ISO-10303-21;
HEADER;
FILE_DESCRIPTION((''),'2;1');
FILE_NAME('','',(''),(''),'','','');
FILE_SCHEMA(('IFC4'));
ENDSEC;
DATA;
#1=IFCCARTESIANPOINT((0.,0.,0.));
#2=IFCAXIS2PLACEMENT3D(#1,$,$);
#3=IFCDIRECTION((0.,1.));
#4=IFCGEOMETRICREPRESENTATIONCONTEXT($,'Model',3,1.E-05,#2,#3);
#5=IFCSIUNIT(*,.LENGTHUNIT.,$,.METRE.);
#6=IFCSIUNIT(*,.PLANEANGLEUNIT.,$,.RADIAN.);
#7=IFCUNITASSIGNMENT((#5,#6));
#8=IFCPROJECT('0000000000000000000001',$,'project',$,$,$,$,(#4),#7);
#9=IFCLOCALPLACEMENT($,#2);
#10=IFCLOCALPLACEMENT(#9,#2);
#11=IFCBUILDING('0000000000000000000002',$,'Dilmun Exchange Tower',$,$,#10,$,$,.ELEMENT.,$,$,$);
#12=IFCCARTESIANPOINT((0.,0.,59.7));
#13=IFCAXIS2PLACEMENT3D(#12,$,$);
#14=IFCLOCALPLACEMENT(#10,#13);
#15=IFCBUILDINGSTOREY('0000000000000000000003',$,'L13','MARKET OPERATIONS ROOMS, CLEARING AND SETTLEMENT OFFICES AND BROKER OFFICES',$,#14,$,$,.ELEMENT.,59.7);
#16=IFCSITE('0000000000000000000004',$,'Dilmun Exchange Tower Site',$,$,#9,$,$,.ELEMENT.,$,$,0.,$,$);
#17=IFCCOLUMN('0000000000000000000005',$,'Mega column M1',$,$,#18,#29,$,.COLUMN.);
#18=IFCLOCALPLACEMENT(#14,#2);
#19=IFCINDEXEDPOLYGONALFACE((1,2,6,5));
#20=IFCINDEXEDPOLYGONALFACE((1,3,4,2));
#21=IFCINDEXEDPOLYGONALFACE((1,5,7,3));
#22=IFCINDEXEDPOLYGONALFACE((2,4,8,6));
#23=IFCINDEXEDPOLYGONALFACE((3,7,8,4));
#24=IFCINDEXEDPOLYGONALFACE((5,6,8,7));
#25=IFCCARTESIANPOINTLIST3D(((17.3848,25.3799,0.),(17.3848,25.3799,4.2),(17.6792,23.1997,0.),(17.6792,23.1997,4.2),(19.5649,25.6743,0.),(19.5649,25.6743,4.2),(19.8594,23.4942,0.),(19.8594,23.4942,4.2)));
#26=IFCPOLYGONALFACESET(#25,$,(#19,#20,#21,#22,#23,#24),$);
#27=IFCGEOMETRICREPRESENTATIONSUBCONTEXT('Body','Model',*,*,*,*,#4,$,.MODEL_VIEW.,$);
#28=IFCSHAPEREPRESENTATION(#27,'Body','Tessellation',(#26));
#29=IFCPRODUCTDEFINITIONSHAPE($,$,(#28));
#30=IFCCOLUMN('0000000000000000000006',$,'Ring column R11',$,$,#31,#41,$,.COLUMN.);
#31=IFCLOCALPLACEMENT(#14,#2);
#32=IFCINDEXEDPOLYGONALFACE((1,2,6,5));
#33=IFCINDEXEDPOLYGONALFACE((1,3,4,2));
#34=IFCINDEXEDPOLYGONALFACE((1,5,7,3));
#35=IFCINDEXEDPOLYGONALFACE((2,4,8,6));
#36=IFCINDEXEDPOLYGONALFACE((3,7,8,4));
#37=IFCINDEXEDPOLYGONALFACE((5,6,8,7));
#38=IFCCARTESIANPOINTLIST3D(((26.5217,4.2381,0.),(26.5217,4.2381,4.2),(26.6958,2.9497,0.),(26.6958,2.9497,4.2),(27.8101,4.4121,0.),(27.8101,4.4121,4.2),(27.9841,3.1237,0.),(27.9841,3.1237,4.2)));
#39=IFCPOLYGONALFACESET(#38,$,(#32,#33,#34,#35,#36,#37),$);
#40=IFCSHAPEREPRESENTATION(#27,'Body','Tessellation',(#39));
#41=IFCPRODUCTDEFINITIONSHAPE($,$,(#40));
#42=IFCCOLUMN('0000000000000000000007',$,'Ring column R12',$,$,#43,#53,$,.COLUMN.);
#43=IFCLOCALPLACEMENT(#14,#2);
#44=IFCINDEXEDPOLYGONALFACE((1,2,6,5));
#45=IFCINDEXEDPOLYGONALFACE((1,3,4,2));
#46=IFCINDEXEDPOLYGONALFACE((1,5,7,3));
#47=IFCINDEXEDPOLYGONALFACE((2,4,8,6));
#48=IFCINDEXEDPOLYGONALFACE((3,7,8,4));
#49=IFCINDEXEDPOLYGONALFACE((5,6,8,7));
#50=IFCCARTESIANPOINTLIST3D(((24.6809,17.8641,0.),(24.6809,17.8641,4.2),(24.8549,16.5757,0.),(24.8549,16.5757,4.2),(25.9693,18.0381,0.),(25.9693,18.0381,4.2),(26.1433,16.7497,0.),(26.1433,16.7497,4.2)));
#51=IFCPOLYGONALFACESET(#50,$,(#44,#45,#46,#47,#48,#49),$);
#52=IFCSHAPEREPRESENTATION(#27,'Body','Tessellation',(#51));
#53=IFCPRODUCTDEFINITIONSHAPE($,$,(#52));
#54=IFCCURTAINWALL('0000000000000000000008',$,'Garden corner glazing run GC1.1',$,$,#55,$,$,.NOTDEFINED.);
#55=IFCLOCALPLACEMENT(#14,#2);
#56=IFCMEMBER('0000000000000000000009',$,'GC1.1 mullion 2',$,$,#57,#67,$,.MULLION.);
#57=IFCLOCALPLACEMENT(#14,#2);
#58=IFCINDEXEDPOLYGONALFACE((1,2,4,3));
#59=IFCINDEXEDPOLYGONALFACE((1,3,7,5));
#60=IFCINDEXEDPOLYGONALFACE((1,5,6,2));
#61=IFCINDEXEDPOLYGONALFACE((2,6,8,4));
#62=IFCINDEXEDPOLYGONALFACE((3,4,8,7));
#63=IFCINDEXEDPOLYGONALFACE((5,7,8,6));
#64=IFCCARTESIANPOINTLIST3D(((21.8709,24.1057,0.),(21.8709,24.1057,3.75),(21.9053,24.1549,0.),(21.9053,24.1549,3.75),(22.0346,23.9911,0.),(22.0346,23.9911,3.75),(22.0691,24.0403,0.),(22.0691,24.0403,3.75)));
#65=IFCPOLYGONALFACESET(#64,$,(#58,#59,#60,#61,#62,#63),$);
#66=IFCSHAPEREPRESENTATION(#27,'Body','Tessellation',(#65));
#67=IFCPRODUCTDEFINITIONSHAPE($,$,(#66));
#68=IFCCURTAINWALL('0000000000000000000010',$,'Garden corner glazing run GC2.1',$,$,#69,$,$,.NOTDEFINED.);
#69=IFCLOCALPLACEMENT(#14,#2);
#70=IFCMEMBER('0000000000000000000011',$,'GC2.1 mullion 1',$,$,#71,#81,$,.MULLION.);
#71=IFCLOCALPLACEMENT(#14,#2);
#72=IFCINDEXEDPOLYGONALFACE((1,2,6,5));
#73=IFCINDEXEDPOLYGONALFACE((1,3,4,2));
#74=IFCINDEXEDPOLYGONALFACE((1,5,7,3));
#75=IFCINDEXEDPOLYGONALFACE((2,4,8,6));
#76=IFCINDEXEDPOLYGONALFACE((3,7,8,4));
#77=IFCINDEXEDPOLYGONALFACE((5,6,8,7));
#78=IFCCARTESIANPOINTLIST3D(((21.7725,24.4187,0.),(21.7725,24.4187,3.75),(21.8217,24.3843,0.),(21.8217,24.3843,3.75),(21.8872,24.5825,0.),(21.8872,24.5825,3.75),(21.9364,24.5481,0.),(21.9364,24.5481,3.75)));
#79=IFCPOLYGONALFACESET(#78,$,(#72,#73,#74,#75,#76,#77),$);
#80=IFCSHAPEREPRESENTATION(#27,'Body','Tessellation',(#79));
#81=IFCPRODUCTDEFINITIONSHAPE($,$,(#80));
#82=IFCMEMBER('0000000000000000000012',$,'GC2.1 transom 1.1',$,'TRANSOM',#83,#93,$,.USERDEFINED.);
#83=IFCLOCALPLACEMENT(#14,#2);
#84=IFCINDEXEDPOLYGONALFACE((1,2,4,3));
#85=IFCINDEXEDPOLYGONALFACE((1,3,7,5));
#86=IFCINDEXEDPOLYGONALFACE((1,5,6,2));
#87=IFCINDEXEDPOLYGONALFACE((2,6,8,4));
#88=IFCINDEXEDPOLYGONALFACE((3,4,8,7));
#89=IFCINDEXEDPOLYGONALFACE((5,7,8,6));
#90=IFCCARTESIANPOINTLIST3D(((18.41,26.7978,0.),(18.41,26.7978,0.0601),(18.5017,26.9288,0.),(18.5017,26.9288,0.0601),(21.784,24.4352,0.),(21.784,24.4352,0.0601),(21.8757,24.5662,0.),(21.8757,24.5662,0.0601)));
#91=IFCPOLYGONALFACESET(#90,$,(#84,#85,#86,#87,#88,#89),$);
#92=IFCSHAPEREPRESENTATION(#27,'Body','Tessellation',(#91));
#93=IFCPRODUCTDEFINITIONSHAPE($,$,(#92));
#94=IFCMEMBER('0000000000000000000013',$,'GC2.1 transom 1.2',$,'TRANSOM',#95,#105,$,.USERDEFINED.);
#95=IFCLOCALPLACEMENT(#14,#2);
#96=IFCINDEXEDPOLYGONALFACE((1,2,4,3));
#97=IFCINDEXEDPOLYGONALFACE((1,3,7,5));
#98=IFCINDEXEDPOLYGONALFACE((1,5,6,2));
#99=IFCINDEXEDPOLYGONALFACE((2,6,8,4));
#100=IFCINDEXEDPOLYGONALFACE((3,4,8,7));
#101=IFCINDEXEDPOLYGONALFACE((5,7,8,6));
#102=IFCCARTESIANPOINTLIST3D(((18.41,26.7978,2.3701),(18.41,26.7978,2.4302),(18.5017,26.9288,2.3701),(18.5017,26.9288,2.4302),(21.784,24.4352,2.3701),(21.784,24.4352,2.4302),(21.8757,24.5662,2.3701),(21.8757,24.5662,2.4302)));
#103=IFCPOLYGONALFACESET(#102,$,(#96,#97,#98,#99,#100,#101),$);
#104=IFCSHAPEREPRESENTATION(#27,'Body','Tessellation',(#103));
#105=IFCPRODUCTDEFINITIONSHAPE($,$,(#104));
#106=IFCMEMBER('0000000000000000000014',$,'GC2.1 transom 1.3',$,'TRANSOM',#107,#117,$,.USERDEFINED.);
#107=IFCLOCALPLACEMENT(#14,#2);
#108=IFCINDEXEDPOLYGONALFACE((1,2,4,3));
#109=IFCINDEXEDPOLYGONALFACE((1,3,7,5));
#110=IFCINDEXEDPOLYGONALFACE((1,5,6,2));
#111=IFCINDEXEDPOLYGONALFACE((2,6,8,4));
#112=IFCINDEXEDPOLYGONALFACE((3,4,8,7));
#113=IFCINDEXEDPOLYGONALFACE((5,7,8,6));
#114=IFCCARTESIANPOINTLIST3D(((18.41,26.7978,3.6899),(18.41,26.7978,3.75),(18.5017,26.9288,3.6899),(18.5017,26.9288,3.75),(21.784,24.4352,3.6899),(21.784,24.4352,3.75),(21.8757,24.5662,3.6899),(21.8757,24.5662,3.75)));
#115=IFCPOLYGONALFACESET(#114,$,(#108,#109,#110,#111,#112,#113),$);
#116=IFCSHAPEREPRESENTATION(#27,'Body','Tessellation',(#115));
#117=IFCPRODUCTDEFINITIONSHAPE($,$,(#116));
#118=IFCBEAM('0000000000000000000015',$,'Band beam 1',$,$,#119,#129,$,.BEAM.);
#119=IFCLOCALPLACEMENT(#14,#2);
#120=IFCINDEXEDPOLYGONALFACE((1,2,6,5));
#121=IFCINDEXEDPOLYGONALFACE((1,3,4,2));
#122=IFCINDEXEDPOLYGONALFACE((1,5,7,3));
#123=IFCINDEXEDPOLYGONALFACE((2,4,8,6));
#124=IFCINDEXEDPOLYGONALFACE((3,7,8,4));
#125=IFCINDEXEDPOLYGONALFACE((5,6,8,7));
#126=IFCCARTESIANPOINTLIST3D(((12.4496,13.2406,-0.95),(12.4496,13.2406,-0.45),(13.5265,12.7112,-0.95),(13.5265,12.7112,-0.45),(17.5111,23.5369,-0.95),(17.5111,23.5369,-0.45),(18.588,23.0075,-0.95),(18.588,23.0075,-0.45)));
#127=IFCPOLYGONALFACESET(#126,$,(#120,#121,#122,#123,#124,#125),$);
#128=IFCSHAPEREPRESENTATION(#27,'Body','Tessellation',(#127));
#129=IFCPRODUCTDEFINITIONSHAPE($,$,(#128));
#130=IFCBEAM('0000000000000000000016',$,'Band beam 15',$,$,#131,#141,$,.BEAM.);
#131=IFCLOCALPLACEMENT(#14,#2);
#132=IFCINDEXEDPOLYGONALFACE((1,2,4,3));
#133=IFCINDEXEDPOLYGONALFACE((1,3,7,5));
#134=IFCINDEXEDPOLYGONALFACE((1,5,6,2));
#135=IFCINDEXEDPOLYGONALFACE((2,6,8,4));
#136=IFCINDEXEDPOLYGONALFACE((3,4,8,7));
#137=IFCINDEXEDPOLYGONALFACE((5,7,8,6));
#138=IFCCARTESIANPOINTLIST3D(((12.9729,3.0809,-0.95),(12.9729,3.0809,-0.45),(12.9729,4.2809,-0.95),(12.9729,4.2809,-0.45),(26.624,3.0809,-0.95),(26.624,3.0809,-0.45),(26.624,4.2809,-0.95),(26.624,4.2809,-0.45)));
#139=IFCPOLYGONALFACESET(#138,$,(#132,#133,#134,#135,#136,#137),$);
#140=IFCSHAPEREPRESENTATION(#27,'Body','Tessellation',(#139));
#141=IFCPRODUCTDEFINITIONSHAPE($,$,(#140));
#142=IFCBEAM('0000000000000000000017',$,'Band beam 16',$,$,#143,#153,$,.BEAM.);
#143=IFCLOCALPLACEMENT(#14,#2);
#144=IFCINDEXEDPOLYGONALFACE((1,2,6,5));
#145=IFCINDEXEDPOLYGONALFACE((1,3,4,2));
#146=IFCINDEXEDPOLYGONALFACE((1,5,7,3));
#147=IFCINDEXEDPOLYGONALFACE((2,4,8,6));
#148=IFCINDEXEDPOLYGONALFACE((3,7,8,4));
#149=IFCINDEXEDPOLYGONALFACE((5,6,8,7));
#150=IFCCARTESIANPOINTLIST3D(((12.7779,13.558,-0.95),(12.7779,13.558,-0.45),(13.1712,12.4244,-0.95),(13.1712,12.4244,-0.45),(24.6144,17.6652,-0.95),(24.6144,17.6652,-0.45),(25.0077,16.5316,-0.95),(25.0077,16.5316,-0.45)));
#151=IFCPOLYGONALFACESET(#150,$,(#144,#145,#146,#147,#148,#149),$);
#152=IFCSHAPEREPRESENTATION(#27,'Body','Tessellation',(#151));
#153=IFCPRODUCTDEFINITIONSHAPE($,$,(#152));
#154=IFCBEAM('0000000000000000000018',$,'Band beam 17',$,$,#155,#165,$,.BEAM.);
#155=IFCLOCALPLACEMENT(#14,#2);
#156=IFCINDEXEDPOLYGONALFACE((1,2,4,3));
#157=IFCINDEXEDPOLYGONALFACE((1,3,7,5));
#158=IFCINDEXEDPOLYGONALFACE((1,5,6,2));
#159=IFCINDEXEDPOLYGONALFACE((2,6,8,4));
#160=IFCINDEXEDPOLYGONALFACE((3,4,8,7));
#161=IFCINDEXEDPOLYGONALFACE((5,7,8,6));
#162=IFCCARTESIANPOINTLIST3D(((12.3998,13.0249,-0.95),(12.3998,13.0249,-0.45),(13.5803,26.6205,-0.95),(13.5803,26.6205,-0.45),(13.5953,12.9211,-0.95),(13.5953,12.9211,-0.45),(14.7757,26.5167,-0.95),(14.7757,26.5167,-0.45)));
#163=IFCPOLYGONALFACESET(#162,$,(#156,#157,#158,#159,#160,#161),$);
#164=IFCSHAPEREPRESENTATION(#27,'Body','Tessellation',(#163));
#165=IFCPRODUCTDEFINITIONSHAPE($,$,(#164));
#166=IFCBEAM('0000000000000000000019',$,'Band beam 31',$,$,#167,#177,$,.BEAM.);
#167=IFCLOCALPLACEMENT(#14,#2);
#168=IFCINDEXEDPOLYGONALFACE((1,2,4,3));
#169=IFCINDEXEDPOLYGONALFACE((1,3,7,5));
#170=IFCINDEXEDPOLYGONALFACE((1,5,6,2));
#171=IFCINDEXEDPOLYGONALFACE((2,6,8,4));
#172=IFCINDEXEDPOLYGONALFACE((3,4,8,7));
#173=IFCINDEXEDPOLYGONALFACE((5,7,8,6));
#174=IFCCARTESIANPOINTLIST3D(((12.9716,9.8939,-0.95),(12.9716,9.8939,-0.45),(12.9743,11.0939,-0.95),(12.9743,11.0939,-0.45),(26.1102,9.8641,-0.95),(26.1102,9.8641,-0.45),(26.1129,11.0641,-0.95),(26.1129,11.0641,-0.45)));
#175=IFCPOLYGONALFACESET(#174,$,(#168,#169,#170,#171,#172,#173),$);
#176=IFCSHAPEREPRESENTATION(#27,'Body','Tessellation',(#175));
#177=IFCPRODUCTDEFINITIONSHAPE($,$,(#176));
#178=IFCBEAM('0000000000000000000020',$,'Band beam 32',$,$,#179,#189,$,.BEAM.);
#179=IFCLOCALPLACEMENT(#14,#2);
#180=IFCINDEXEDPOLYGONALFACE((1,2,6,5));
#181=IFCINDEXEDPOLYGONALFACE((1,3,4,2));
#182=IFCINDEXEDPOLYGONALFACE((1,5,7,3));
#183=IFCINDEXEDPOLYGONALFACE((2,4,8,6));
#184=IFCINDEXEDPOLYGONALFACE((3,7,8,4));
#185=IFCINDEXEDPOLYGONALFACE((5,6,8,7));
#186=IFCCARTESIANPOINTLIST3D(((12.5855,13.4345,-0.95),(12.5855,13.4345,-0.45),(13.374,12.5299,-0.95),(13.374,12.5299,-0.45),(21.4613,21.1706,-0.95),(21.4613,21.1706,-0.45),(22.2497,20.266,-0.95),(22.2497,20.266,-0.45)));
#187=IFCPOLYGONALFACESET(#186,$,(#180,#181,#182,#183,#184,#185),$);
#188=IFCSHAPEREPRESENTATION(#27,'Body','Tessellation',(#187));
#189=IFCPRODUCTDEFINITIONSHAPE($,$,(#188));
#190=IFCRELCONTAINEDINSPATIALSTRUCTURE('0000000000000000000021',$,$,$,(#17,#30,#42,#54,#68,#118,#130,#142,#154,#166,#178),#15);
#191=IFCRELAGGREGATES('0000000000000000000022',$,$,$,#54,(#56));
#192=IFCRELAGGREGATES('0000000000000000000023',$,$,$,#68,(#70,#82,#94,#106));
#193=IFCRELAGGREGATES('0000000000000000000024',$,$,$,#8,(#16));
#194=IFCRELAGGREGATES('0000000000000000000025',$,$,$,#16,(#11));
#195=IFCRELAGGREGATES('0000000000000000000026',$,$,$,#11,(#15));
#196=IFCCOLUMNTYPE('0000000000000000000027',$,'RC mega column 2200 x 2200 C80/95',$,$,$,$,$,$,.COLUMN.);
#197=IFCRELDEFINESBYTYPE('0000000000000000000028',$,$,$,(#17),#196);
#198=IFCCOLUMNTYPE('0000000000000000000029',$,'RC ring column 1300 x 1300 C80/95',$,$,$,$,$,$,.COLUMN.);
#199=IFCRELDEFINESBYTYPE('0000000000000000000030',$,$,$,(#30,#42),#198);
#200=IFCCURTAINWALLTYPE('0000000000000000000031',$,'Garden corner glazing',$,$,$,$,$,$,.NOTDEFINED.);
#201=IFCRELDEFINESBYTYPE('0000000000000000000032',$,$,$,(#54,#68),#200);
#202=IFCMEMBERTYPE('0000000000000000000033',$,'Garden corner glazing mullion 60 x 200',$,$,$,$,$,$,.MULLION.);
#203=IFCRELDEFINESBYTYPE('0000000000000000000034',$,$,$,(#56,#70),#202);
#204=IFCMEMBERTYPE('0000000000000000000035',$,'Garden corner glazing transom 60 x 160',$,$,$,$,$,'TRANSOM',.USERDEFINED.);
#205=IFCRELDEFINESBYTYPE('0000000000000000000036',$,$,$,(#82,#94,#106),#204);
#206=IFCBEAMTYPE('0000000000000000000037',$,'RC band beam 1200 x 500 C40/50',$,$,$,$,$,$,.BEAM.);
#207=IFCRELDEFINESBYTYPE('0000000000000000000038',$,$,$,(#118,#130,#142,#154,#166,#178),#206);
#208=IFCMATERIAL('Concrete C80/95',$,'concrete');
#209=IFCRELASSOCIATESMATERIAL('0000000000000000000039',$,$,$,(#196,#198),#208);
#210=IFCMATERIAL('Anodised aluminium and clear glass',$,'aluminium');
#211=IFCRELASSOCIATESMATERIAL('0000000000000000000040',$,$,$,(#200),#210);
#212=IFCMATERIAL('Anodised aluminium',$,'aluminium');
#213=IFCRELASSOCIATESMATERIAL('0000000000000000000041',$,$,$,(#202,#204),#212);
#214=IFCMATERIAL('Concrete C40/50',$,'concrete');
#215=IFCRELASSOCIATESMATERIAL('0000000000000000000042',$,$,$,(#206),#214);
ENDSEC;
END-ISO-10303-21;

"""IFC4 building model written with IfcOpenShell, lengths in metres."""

from ifc_helpers import new_model, si_unit, direction, frame, origin, origin_2d, place, context, subcontext, project, spatial, rectangle, extrude, material, material_profile, profile_set, type_object, element, aggregate, save


model = new_model("IFC4")

# Units and contexts
model_context = context("Model", 3, precision=1e-05, world=origin(), true_north=direction((0.0, 1.0)))
body_context = subcontext(model_context, "Body", "Model", "MODEL_VIEW")
ifc_project = project(units=[si_unit("LENGTHUNIT", "METRE"), si_unit("PLANEANGLEUNIT", "RADIAN")], contexts=[model_context])

# Site, building, storey
site_placement = place(None, origin())
site = spatial("IfcSite", under=ifc_project, at=site_placement, Name="Dilmun Exchange Tower Site", CompositionType="ELEMENT", RefElevation=0.0)
building_placement = place(site_placement, origin())
building = spatial("IfcBuilding", under=site, at=building_placement, Name="Dilmun Exchange Tower", CompositionType="ELEMENT")
storey_placement = place(building_placement, frame((0.0, 0.0, 59.7)))
storey = spatial("IfcBuildingStorey", under=building, at=storey_placement, Name="L13", Description="MARKET OPERATIONS ROOMS, CLEARING AND SETTLEMENT OFFICES AND BROKER OFFICES", CompositionType="ELEMENT", Elevation=59.7)

# Columns
ifc_material_1 = material(Name="Concrete C80/95", Category="concrete")
ifc_material_profile_1 = material_profile(ifc_material_1, rectangle(XDim=2.2, YDim=2.2, at=origin_2d()), Name="2200 x 2200")
ifc_profile_set_1 = profile_set([ifc_material_profile_1], Name="Concrete C80/95")
column_type_1 = type_object("IfcColumnType", Name="RC mega column 2200 x 2200 C80/95", PredefinedType="COLUMN", material=ifc_profile_set_1)
column_placement = place(storey_placement, frame((18.6221, 24.437, 0.0), z_axis=(0.0, 0.0, 1.0), x_axis=(0.991001, 0.133853, 0.0)))
element("IfcColumn", 1, at=column_placement, inside=storey, type_object=column_type_1, Name="Mega column M1", PredefinedType="COLUMN", context=body_context, shape_type="SweptSolid", body=[
    extrude(rectangle(XDim=2.2, YDim=2.2, at=origin_2d()), origin(), (0.0, 0.0, 1.0), 4.2),
])
ifc_material_profile_2 = material_profile(ifc_material_1, rectangle(XDim=1.3, YDim=1.3, at=origin_2d()), Name="1300 x 1300")
ifc_profile_set_2 = profile_set([ifc_material_profile_2], Name="Concrete C80/95")
column_type_2 = type_object("IfcColumnType", Name="RC ring column 1300 x 1300 C80/95", PredefinedType="COLUMN", material=ifc_profile_set_2)
for number, where, z_axis, x_axis, name in (
    (2, (27.2529, 3.6809, 0.0), (0.0, 0.0, 1.0), (0.991001, 0.133853, 0.0), "Ring column R11"),
    (3, (25.4121, 17.3069, 0.0), (0.0, 0.0, 1.0), (0.991001, 0.133853, 0.0), "Ring column R12"),
):
    element("IfcColumn", number, at=place(storey_placement, frame(where, z_axis=z_axis, x_axis=x_axis)), inside=storey, type_object=column_type_2, Name=name, PredefinedType="COLUMN", context=body_context, shape_type="SweptSolid", body=[
        extrude(rectangle(XDim=1.3, YDim=1.3, at=origin_2d()), origin(), (0.0, 0.0, 1.0), 4.2),
    ])

# Curtain wall, member
ifc_material_2 = material(Name="Anodised aluminium and clear glass", Category="aluminium")
curtain_wall_type = type_object("IfcCurtainWallType", Name="Garden corner glazing", PredefinedType="NOTDEFINED", material=ifc_material_2)
curtain_wall_1_placement = place(storey_placement, origin())
curtain_wall_1 = element("IfcCurtainWall", 4, at=curtain_wall_1_placement, inside=storey, type_object=curtain_wall_type, Name="Garden corner glazing run GC1.1", PredefinedType="NOTDEFINED")
ifc_material_3 = material(Name="Anodised aluminium", Category="aluminium")
ifc_material_profile_3 = material_profile(ifc_material_3, rectangle(XDim=0.2, YDim=0.0601, at=origin_2d()), Name="AL 60x200")
ifc_profile_set_3 = profile_set([ifc_material_profile_3], Name="Anodised aluminium")
member_type_1 = type_object("IfcMemberType", Name="Garden corner glazing mullion 60 x 200", PredefinedType="MULLION", material=ifc_profile_set_3)
member_1_placement = place(storey_placement, frame((21.97, 24.073, 0.0), z_axis=(0.0, 0.0, 1.0), x_axis=(0.819154, -0.573574, 0.0)))
member_1 = element("IfcMember", 5, at=member_1_placement, type_object=member_type_1, Name="GC1.1 mullion 2", PredefinedType="MULLION", context=body_context, shape_type="SweptSolid", body=[
    extrude(rectangle(XDim=0.2, YDim=0.0601, at=origin_2d()), origin(), (0.0, 0.0, 1.0), 3.75),
])

# Curtain wall, members
curtain_wall_2_placement = place(storey_placement, origin())
curtain_wall_2 = element("IfcCurtainWall", 6, at=curtain_wall_2_placement, inside=storey, type_object=curtain_wall_type, Name="Garden corner glazing run GC2.1", PredefinedType="NOTDEFINED")
member_2_placement = place(storey_placement, frame((21.8545, 24.4834, 0.0), z_axis=(0.0, 0.0, 1.0), x_axis=(-0.573576, -0.819152, 0.0)))
member_2 = element("IfcMember", 7, at=member_2_placement, type_object=member_type_1, Name="GC2.1 mullion 1", PredefinedType="MULLION", context=body_context, shape_type="SweptSolid", body=[
    extrude(rectangle(XDim=0.2, YDim=0.0601, at=origin_2d()), origin(), (0.0, 0.0, 1.0), 3.75),
])
ifc_material_profile_4 = material_profile(ifc_material_3, rectangle(XDim=0.1599, YDim=0.0601, at=origin_2d()), Name="AL 60x160")
ifc_profile_set_4 = profile_set([ifc_material_profile_4], Name="Anodised aluminium")
member_type_2 = type_object("IfcMemberType", Name="Garden corner glazing transom 60 x 160", ElementType="TRANSOM", PredefinedType="USERDEFINED", material=ifc_profile_set_4)
member_3_placement = place(storey_placement, frame((21.8298, 24.5007, 0.03), z_axis=(-0.819148, 0.573582, 0.0), x_axis=(-0.573582, -0.819148, 0.0)))
member_3 = element("IfcMember", 8, at=member_3_placement, type_object=member_type_2, Name="GC2.1 transom 1.1", ObjectType="TRANSOM", PredefinedType="USERDEFINED", context=body_context, shape_type="SweptSolid", body=[
    extrude(rectangle(XDim=0.1599, YDim=0.0601, at=origin_2d()), origin(), (0.0, 0.0, 1.0), 4.1189),
])
member_4_placement = place(storey_placement, frame((21.8298, 24.5007, 2.4001), z_axis=(-0.819148, 0.573582, 0.0), x_axis=(-0.573582, -0.819148, 0.0)))
member_4 = element("IfcMember", 9, at=member_4_placement, type_object=member_type_2, Name="GC2.1 transom 1.2", ObjectType="TRANSOM", PredefinedType="USERDEFINED", context=body_context, shape_type="SweptSolid", body=[
    extrude(rectangle(XDim=0.1599, YDim=0.0601, at=origin_2d()), origin(), (0.0, 0.0, 1.0), 4.1189),
])
member_5_placement = place(storey_placement, frame((21.8298, 24.5007, 3.72), z_axis=(-0.819148, 0.573582, 0.0), x_axis=(-0.573582, -0.819148, 0.0)))
member_5 = element("IfcMember", 10, at=member_5_placement, type_object=member_type_2, Name="GC2.1 transom 1.3", ObjectType="TRANSOM", PredefinedType="USERDEFINED", context=body_context, shape_type="SweptSolid", body=[
    extrude(rectangle(XDim=0.1599, YDim=0.0601, at=origin_2d()), origin(), (0.0, 0.0, 1.0), 4.1189),
])

# Beams
ifc_material_4 = material(Name="Concrete C40/50", Category="concrete")
ifc_material_profile_5 = material_profile(ifc_material_4, rectangle(XDim=1.2, YDim=0.5, at=origin_2d()), Name="1200 x 500")
ifc_profile_set_5 = profile_set([ifc_material_profile_5], Name="Concrete C40/50")
beam_type_1 = type_object("IfcBeamType", Name="RC band beam 1200 x 500 C40/50", PredefinedType="BEAM", material=ifc_profile_set_5)
beam_1_placement = place(storey_placement, frame((18.0496, 23.2722, -0.7), z_axis=(-0.44116, -0.897428, 0.0), x_axis=(0.897428, -0.44116, 0.0)))
element("IfcBeam", 11, at=beam_1_placement, inside=storey, type_object=beam_type_1, Name="Band beam 1", PredefinedType="BEAM", context=body_context, shape_type="SweptSolid", body=[
    extrude(rectangle(XDim=1.2, YDim=0.5, at=origin_2d()), origin(), (0.0, 0.0, 1.0), 11.4731),
])
beam_2_placement = place(storey_placement, frame((26.624, 3.6809, -0.7), z_axis=(-1.0, 0.0, 0.0), x_axis=(0.0, -1.0, 0.0)))
element("IfcBeam", 12, at=beam_2_placement, inside=storey, type_object=beam_type_1, Name="Band beam 15", PredefinedType="BEAM", context=body_context, shape_type="SweptSolid", body=[
    extrude(rectangle(XDim=1.2, YDim=0.5, at=origin_2d()), origin(), (0.0, 0.0, 1.0), 13.6511),
])
beam_3_placement = place(storey_placement, frame((24.811, 17.0984, -0.7), z_axis=(-0.94474, -0.32782, 0.0), x_axis=(0.32782, -0.94474, 0.0)))
element("IfcBeam", 13, at=beam_3_placement, inside=storey, type_object=beam_type_1, Name="Band beam 16", PredefinedType="BEAM", context=body_context, shape_type="SweptSolid", body=[
    extrude(rectangle(XDim=1.2, YDim=0.5, at=origin_2d()), origin(), (0.0, 0.0, 1.0), 12.5288),
])
beam_4_placement = place(storey_placement, frame((14.178, 26.5686, -0.7), z_axis=(-0.086499, -0.996252, 0.0), x_axis=(0.996252, -0.086499, 0.0)))
element("IfcBeam", 14, at=beam_4_placement, inside=storey, type_object=beam_type_1, Name="Band beam 17", PredefinedType="BEAM", context=body_context, shape_type="SweptSolid", body=[
    extrude(rectangle(XDim=1.2, YDim=0.5, at=origin_2d()), origin(), (0.0, 0.0, 1.0), 13.6467),
])
beam_5_placement = place(storey_placement, frame((26.1116, 10.4641, -0.7), z_axis=(-0.999997, 0.002267, 0.0), x_axis=(-0.002267, -0.999997, 0.0)))
element("IfcBeam", 15, at=beam_5_placement, inside=storey, type_object=beam_type_1, Name="Band beam 31", PredefinedType="BEAM", context=body_context, shape_type="SweptSolid", body=[
    extrude(rectangle(XDim=1.2, YDim=0.5, at=origin_2d()), origin(), (0.0, 0.0, 1.0), 13.1387),
])
beam_6_placement = place(storey_placement, frame((21.8555, 20.7183, -0.7), z_axis=(-0.753846, -0.657052, 0.0), x_axis=(0.657052, -0.753846, 0.0)))
element("IfcBeam", 16, at=beam_6_placement, inside=storey, type_object=beam_type_1, Name="Band beam 32", PredefinedType="BEAM", context=body_context, shape_type="SweptSolid", body=[
    extrude(rectangle(XDim=1.2, YDim=0.5, at=origin_2d()), origin(), (0.0, 0.0, 1.0), 11.7739),
])

aggregate(curtain_wall_1, [member_1])
aggregate(curtain_wall_2, [member_2, member_3, member_4, member_5])

save(model, "model.ifc")
